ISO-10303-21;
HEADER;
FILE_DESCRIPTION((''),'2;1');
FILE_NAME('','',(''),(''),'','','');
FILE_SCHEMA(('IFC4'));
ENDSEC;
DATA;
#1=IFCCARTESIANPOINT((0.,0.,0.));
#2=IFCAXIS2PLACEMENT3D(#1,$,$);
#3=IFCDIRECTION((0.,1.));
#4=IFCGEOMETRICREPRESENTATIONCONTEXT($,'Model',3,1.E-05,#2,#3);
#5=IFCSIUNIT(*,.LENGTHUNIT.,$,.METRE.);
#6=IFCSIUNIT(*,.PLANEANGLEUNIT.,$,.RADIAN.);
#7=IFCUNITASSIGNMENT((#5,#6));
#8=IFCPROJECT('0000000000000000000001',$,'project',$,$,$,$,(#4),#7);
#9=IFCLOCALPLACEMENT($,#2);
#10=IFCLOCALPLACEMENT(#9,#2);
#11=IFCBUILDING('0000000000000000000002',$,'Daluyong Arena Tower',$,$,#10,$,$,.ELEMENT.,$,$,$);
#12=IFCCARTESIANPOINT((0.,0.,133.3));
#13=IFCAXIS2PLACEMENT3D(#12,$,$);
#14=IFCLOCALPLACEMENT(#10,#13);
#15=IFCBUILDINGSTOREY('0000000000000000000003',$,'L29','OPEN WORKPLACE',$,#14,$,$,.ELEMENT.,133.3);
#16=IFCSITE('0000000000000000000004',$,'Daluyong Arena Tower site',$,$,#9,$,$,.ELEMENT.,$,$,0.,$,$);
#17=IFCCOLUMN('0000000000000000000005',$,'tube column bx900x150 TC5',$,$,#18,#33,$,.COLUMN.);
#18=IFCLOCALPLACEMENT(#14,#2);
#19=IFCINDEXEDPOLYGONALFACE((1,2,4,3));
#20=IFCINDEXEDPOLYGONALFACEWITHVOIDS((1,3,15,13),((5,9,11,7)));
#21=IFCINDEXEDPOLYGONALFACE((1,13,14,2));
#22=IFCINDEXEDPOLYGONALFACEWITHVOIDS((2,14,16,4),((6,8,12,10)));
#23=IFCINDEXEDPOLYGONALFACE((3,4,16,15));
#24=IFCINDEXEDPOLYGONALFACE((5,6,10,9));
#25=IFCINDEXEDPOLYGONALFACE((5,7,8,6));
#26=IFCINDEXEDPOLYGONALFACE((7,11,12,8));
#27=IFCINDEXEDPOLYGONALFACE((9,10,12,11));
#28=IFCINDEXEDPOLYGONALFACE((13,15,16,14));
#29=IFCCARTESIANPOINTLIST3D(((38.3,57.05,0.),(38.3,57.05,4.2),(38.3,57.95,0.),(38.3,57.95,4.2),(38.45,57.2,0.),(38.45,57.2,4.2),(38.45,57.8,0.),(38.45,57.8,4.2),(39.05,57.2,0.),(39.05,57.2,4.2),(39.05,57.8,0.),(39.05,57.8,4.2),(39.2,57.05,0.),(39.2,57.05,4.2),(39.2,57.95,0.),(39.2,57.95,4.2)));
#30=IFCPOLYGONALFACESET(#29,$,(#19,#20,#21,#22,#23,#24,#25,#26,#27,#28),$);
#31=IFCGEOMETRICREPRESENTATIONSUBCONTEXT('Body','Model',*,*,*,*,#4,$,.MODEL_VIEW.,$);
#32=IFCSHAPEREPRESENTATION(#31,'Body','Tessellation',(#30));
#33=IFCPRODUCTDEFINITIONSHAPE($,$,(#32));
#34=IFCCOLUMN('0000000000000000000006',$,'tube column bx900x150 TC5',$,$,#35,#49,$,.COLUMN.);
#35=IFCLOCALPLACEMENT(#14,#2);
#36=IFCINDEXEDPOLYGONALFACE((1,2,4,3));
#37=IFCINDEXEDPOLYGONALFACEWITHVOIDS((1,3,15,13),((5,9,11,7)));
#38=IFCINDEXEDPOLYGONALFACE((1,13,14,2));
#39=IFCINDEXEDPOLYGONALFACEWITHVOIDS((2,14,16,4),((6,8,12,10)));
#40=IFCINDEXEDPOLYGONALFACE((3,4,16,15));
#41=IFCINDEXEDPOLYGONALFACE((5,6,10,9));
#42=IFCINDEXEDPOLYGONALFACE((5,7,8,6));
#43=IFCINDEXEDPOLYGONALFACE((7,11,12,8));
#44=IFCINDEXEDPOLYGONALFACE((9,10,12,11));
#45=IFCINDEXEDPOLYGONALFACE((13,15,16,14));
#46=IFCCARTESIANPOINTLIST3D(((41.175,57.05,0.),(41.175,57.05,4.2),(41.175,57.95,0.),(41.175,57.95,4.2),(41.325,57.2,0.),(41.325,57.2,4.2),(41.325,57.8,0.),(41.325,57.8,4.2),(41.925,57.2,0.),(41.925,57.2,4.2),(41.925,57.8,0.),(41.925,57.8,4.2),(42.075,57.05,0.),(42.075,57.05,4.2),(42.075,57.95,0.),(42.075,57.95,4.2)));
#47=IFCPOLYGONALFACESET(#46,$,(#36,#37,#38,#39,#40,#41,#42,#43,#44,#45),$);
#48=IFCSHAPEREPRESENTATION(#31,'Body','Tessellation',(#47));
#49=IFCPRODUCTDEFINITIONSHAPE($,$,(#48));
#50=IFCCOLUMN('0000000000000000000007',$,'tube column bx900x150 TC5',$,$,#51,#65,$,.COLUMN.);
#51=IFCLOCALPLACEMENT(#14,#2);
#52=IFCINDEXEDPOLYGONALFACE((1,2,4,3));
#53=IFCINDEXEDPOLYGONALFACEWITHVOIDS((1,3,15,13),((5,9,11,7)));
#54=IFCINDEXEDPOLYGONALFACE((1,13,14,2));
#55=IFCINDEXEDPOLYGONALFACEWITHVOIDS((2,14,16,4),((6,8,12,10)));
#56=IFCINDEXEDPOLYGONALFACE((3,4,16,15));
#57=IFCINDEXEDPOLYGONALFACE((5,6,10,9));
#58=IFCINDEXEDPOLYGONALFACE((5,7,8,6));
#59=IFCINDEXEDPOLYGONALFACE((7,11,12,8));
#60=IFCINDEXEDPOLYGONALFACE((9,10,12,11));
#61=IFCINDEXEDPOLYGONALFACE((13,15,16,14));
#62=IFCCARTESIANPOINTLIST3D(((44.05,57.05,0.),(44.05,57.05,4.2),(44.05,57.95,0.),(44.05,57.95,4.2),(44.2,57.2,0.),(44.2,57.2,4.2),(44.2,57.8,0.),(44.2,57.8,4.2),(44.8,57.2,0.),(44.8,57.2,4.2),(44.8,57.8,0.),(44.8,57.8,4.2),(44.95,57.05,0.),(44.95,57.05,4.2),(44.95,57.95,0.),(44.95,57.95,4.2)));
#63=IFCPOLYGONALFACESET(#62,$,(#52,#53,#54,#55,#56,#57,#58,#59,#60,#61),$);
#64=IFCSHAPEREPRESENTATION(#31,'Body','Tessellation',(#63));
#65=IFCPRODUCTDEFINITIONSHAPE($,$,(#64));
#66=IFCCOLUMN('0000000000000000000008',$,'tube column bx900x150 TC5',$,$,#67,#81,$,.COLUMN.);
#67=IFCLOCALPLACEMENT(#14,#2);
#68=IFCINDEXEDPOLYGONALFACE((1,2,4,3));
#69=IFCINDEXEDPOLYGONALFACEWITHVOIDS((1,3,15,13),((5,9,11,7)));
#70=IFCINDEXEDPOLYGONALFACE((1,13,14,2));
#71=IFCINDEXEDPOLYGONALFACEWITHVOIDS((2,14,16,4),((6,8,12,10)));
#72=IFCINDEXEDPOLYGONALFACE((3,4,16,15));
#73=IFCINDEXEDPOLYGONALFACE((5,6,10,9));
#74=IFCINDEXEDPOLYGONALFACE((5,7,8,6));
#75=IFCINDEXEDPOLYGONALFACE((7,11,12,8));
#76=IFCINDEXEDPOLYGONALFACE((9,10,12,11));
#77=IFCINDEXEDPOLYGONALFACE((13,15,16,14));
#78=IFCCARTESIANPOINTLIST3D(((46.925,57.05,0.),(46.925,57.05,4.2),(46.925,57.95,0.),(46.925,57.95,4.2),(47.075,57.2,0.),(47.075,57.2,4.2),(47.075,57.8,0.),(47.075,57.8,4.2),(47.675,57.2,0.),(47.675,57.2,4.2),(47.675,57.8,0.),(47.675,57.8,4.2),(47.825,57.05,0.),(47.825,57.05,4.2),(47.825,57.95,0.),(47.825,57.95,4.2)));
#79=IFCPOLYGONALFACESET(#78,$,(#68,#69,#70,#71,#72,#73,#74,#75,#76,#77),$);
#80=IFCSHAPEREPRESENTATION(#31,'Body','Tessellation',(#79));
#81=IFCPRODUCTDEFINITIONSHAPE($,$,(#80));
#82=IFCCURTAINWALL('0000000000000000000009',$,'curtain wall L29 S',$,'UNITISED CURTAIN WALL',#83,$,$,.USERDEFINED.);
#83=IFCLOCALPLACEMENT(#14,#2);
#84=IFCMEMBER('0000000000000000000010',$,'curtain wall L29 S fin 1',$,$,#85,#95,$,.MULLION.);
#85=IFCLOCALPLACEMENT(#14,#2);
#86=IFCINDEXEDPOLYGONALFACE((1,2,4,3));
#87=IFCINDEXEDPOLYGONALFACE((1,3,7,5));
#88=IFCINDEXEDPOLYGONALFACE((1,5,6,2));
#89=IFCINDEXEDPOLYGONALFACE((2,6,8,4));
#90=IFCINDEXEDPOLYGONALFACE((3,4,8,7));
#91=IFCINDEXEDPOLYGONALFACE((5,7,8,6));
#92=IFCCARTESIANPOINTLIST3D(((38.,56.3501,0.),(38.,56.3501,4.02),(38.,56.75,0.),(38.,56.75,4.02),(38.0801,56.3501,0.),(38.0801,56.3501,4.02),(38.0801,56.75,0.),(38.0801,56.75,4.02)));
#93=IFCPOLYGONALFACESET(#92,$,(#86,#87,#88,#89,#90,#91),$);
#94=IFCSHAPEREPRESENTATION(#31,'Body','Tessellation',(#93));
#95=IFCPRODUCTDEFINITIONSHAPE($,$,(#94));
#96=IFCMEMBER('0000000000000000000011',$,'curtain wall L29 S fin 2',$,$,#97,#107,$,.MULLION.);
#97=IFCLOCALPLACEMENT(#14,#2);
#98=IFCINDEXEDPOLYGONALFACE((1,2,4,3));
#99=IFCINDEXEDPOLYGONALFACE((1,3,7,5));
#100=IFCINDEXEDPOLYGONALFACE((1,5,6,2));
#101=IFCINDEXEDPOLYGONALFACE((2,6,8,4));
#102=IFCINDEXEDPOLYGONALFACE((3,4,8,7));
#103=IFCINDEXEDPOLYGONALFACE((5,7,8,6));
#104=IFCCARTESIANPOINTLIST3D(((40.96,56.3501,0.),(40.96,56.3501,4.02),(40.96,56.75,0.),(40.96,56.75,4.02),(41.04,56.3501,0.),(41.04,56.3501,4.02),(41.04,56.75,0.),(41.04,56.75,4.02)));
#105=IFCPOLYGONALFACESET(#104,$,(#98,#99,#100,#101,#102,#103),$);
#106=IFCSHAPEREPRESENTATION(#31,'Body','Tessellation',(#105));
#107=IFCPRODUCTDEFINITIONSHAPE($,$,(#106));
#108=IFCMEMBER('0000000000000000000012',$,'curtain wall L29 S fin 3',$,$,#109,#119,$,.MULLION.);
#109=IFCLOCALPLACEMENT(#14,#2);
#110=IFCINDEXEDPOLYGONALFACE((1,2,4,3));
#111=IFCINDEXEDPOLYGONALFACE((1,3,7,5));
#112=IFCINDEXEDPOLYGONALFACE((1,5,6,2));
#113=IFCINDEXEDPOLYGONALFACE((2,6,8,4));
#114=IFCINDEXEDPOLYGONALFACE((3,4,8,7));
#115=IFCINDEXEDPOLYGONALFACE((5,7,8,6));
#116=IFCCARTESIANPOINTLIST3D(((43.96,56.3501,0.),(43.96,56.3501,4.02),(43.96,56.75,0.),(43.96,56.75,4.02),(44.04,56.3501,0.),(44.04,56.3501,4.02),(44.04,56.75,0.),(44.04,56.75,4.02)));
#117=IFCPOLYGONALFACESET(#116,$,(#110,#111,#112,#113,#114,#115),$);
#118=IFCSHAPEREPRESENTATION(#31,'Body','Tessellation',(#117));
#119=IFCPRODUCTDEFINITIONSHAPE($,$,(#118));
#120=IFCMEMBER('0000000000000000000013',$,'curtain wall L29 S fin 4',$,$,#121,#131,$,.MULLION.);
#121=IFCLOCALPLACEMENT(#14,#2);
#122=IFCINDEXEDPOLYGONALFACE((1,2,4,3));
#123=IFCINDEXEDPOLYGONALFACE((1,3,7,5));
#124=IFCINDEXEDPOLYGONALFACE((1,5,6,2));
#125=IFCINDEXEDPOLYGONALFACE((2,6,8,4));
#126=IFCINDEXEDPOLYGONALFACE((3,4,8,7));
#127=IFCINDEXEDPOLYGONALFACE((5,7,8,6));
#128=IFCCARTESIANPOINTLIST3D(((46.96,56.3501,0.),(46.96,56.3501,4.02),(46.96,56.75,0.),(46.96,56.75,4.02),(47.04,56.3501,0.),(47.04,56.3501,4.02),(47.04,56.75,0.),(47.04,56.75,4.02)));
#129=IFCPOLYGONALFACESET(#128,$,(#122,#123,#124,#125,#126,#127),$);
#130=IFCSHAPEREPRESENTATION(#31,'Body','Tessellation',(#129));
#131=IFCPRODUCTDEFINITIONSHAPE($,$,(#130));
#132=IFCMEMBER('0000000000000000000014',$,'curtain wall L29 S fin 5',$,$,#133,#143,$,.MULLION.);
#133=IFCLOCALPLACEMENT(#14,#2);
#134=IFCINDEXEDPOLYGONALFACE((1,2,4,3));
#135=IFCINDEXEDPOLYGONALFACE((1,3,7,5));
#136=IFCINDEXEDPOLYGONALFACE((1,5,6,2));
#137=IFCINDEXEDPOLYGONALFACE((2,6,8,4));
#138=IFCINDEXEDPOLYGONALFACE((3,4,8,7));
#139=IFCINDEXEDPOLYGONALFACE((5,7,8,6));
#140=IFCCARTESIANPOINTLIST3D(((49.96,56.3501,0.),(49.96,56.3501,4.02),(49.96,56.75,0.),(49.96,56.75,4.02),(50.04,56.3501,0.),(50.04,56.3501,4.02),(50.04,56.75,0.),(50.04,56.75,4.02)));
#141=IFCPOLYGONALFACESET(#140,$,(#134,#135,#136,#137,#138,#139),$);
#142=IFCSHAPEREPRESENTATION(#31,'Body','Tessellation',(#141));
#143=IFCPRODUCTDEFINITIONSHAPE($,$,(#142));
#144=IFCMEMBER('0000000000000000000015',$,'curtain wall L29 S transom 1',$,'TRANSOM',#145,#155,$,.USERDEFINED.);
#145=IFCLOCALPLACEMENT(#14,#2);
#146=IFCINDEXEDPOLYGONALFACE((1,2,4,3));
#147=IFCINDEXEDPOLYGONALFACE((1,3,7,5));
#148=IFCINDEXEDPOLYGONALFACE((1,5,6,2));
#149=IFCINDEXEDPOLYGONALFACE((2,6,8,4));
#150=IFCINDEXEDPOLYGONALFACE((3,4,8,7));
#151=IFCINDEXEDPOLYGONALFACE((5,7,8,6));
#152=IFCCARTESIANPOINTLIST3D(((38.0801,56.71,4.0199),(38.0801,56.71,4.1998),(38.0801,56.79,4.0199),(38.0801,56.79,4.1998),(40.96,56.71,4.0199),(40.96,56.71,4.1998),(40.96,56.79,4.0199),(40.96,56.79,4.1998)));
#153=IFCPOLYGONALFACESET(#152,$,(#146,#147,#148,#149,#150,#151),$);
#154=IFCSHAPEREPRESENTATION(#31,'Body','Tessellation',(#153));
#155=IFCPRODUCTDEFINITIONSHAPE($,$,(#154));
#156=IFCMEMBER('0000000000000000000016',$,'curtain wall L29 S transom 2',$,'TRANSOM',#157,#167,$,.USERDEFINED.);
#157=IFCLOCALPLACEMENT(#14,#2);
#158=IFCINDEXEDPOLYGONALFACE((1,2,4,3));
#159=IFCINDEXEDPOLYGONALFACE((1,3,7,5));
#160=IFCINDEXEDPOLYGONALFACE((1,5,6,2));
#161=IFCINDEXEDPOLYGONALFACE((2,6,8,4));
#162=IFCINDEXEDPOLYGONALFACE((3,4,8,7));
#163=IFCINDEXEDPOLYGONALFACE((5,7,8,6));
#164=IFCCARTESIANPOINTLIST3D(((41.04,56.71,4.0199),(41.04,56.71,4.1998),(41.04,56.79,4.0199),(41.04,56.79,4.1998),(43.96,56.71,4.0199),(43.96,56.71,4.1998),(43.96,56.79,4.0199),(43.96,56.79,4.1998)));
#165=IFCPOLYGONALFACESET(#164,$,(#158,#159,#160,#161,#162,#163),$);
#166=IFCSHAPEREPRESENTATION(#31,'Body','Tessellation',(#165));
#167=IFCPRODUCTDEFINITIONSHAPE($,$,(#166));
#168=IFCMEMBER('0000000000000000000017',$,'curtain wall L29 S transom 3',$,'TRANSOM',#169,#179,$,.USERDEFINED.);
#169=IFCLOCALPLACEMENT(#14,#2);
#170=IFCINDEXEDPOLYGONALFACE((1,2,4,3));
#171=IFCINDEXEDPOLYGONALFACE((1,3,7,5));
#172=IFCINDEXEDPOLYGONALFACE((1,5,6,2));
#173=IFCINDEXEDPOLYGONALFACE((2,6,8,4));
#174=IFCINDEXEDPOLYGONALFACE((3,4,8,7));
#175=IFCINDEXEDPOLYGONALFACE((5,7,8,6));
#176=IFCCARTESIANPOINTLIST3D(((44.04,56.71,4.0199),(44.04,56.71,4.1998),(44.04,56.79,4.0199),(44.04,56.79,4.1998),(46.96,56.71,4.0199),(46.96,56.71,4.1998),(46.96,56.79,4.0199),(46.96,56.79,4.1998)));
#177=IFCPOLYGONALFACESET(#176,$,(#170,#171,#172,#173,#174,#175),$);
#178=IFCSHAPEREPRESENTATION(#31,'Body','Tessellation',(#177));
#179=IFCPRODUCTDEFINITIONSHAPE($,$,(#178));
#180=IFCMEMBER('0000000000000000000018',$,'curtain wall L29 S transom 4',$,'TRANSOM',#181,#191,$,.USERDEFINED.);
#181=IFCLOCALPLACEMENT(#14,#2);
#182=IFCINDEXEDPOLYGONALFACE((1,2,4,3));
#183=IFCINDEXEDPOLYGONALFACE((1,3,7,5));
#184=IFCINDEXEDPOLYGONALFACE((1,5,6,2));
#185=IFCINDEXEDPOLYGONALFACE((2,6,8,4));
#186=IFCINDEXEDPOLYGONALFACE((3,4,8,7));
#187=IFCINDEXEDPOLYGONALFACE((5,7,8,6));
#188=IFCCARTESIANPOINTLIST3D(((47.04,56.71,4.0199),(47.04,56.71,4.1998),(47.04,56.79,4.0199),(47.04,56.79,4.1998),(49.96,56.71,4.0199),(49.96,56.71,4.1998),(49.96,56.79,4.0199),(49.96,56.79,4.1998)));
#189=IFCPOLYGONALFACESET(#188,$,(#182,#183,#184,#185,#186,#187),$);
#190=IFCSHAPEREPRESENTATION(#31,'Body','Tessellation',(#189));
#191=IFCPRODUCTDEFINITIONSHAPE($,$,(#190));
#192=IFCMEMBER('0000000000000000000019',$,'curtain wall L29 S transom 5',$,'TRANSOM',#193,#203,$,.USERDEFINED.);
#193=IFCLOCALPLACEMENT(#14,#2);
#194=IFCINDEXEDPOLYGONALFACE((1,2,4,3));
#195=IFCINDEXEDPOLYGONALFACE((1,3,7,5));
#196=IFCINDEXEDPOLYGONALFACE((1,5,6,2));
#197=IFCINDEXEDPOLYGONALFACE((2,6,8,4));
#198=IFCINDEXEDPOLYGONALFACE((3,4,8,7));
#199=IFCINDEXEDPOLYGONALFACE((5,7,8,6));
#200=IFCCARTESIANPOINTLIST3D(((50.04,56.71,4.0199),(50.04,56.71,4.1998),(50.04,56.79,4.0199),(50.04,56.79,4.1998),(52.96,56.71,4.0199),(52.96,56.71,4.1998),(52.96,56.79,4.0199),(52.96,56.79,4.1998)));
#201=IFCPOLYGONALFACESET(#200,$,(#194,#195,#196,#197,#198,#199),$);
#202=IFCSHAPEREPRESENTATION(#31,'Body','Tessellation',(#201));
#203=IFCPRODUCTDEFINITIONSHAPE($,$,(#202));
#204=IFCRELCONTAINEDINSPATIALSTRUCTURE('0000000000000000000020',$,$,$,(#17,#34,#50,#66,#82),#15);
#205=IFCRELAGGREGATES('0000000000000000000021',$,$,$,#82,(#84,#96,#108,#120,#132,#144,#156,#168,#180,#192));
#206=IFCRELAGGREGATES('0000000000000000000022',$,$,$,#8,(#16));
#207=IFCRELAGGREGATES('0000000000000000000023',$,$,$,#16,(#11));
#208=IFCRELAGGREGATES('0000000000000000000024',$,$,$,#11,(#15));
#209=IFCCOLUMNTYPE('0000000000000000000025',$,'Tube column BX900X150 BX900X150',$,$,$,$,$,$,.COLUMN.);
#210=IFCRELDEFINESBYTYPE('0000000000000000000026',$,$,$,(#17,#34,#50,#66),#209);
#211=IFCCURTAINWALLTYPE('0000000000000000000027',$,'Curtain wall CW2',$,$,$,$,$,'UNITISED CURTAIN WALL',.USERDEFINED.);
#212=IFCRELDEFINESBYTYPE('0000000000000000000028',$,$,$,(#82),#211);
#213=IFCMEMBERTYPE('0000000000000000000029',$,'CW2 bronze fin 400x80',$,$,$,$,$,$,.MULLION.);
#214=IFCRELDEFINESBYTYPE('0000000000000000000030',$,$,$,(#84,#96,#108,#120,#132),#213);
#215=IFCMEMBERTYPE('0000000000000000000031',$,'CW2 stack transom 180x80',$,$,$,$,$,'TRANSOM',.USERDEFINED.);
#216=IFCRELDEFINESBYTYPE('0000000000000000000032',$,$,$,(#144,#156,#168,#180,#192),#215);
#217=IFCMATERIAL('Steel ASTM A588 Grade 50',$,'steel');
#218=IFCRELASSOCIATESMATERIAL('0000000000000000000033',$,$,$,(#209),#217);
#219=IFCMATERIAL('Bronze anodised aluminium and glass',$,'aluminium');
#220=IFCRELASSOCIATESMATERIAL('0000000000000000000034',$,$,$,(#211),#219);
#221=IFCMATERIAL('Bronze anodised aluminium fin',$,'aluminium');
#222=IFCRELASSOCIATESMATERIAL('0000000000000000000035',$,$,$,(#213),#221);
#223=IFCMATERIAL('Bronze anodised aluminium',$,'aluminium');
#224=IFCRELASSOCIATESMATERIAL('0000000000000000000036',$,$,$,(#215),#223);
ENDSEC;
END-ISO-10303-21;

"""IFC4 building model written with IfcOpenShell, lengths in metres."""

from ifc_helpers import new_model, si_unit, direction, frame, origin, origin_2d, place, context, subcontext, project, spatial, rectangle, hollow_rectangle, extrude, material, material_profile, profile_set, type_object, element, aggregate, save


model = new_model("IFC4")

# Units and contexts
model_context = context("Model", 3, precision=1e-05, world=origin(), true_north=direction((0.0, 1.0)))
body_context = subcontext(model_context, "Body", "Model", "MODEL_VIEW")
ifc_project = project(units=[si_unit("LENGTHUNIT", "METRE"), si_unit("PLANEANGLEUNIT", "RADIAN")], contexts=[model_context])

# Site, building, storey
site_placement = place(None, origin())
site = spatial("IfcSite", under=ifc_project, at=site_placement, Name="Daluyong Arena Tower site", CompositionType="ELEMENT", RefElevation=0.0)
building_placement = place(site_placement, origin())
building = spatial("IfcBuilding", under=site, at=building_placement, Name="Daluyong Arena Tower", CompositionType="ELEMENT")
storey_placement = place(building_placement, frame((0.0, 0.0, 133.3)))
storey = spatial("IfcBuildingStorey", under=building, at=storey_placement, Name="L29", Description="OPEN WORKPLACE", CompositionType="ELEMENT", Elevation=133.3)

# Columns
ifc_material_1 = material(Name="Steel ASTM A588 Grade 50", Category="steel")
ifc_material_profile_1 = material_profile(ifc_material_1, hollow_rectangle(XDim=0.8999, YDim=0.8999, WallThickness=0.15, at=origin_2d()))
ifc_profile_set_1 = profile_set([ifc_material_profile_1], Name="Steel ASTM A588 Grade 50")
column_type = type_object("IfcColumnType", Name="Tube column BX900X150 BX900X150", PredefinedType="COLUMN", material=ifc_profile_set_1)
for number, where, z_axis, x_axis, name in (
    (1, (38.75, 57.5, 0.0), (0.0, 0.0, 1.0), (1.0, 0.0, 0.0), "tube column bx900x150 TC5"),
    (2, (41.625, 57.5, 0.0), (0.0, 0.0, 1.0), (1.0, 0.0, 0.0), "tube column bx900x150 TC5"),
    (3, (44.5, 57.5, 0.0), (0.0, 0.0, 1.0), (1.0, 0.0, 0.0), "tube column bx900x150 TC5"),
    (4, (47.375, 57.5, 0.0), (0.0, 0.0, 1.0), (1.0, 0.0, 0.0), "tube column bx900x150 TC5"),
):
    element("IfcColumn", number, at=place(storey_placement, frame(where, z_axis=z_axis, x_axis=x_axis)), inside=storey, type_object=column_type, Name=name, PredefinedType="COLUMN", context=body_context, shape_type="SweptSolid", body=[
        extrude(hollow_rectangle(XDim=0.8999, YDim=0.8999, WallThickness=0.15, at=origin_2d()), origin(), (0.0, 0.0, 1.0), 4.2),
    ])

# Curtain wall, members
ifc_material_2 = material(Name="Bronze anodised aluminium and glass", Category="aluminium")
curtain_wall_type_1 = type_object("IfcCurtainWallType", Name="Curtain wall CW2", ElementType="UNITISED CURTAIN WALL", PredefinedType="USERDEFINED", material=ifc_material_2)
curtain_wall_1_placement = place(storey_placement, origin())
curtain_wall_1 = element("IfcCurtainWall", 5, at=curtain_wall_1_placement, inside=storey, type_object=curtain_wall_type_1, Name="curtain wall L29 S", ObjectType="UNITISED CURTAIN WALL", PredefinedType="USERDEFINED")
ifc_material_3 = material(Name="Bronze anodised aluminium fin", Category="aluminium")
ifc_material_profile_2 = material_profile(ifc_material_3, rectangle(XDim=0.3999, YDim=0.0801, at=origin_2d()))
ifc_profile_set_2 = profile_set([ifc_material_profile_2], Name="Bronze anodised aluminium fin")
member_type_1 = type_object("IfcMemberType", Name="CW2 bronze fin 400x80", PredefinedType="MULLION", material=ifc_profile_set_2)
member_1_placement = place(storey_placement, frame((38.04, 56.55, 0.0), z_axis=(0.0, 0.0, 1.0), x_axis=(0.0, 1.0, 0.0)))
member_1 = element("IfcMember", 6, at=member_1_placement, type_object=member_type_1, Name="curtain wall L29 S fin 1", PredefinedType="MULLION", context=body_context, shape_type="SweptSolid", body=[
    extrude(rectangle(XDim=0.3999, YDim=0.0801, at=origin_2d()), origin(), (0.0, 0.0, 1.0), 4.02),
])
member_2_placement = place(storey_placement, frame((41.0, 56.55, 0.0), z_axis=(0.0, 0.0, 1.0), x_axis=(0.0, 1.0, 0.0)))
member_2 = element("IfcMember", 7, at=member_2_placement, type_object=member_type_1, Name="curtain wall L29 S fin 2", PredefinedType="MULLION", context=body_context, shape_type="SweptSolid", body=[
    extrude(rectangle(XDim=0.3999, YDim=0.0801, at=origin_2d()), origin(), (0.0, 0.0, 1.0), 4.02),
])
member_3_placement = place(storey_placement, frame((44.0, 56.55, 0.0), z_axis=(0.0, 0.0, 1.0), x_axis=(0.0, 1.0, 0.0)))
member_3 = element("IfcMember", 8, at=member_3_placement, type_object=member_type_1, Name="curtain wall L29 S fin 3", PredefinedType="MULLION", context=body_context, shape_type="SweptSolid", body=[
    extrude(rectangle(XDim=0.3999, YDim=0.0801, at=origin_2d()), origin(), (0.0, 0.0, 1.0), 4.02),
])
member_4_placement = place(storey_placement, frame((47.0, 56.55, 0.0), z_axis=(0.0, 0.0, 1.0), x_axis=(0.0, 1.0, 0.0)))
member_4 = element("IfcMember", 9, at=member_4_placement, type_object=member_type_1, Name="curtain wall L29 S fin 4", PredefinedType="MULLION", context=body_context, shape_type="SweptSolid", body=[
    extrude(rectangle(XDim=0.3999, YDim=0.0801, at=origin_2d()), origin(), (0.0, 0.0, 1.0), 4.02),
])
member_5_placement = place(storey_placement, frame((50.0, 56.55, 0.0), z_axis=(0.0, 0.0, 1.0), x_axis=(0.0, 1.0, 0.0)))
member_5 = element("IfcMember", 10, at=member_5_placement, type_object=member_type_1, Name="curtain wall L29 S fin 5", PredefinedType="MULLION", context=body_context, shape_type="SweptSolid", body=[
    extrude(rectangle(XDim=0.3999, YDim=0.0801, at=origin_2d()), origin(), (0.0, 0.0, 1.0), 4.02),
])
ifc_material_4 = material(Name="Bronze anodised aluminium", Category="aluminium")
ifc_material_profile_3 = material_profile(ifc_material_4, rectangle(XDim=0.0801, YDim=0.1799, at=origin_2d()))
ifc_profile_set_3 = profile_set([ifc_material_profile_3], Name="Bronze anodised aluminium")
member_type_2 = type_object("IfcMemberType", Name="CW2 stack transom 180x80", ElementType="TRANSOM", PredefinedType="USERDEFINED", material=ifc_profile_set_3)
member_6_placement = place(storey_placement, frame((38.0801, 56.75, 4.1099), z_axis=(1.0, 0.0, 0.0), x_axis=(0.0, 1.0, 0.0)))
member_6 = element("IfcMember", 11, at=member_6_placement, type_object=member_type_2, Name="curtain wall L29 S transom 1", ObjectType="TRANSOM", PredefinedType="USERDEFINED", context=body_context, shape_type="SweptSolid", body=[
    extrude(rectangle(XDim=0.0801, YDim=0.1799, at=origin_2d()), origin(), (0.0, 0.0, 1.0), 2.8799),
])
member_7_placement = place(storey_placement, frame((41.04, 56.75, 4.1099), z_axis=(1.0, 0.0, 0.0), x_axis=(0.0, 1.0, 0.0)))
member_7 = element("IfcMember", 12, at=member_7_placement, type_object=member_type_2, Name="curtain wall L29 S transom 2", ObjectType="TRANSOM", PredefinedType="USERDEFINED", context=body_context, shape_type="SweptSolid", body=[
    extrude(rectangle(XDim=0.0801, YDim=0.1799, at=origin_2d()), origin(), (0.0, 0.0, 1.0), 2.9199),
])
member_8_placement = place(storey_placement, frame((44.04, 56.75, 4.1099), z_axis=(1.0, 0.0, 0.0), x_axis=(0.0, 1.0, 0.0)))
member_8 = element("IfcMember", 13, at=member_8_placement, type_object=member_type_2, Name="curtain wall L29 S transom 3", ObjectType="TRANSOM", PredefinedType="USERDEFINED", context=body_context, shape_type="SweptSolid", body=[
    extrude(rectangle(XDim=0.0801, YDim=0.1799, at=origin_2d()), origin(), (0.0, 0.0, 1.0), 2.9199),
])
member_9_placement = place(storey_placement, frame((47.04, 56.75, 4.1099), z_axis=(1.0, 0.0, 0.0), x_axis=(0.0, 1.0, 0.0)))
member_9 = element("IfcMember", 14, at=member_9_placement, type_object=member_type_2, Name="curtain wall L29 S transom 4", ObjectType="TRANSOM", PredefinedType="USERDEFINED", context=body_context, shape_type="SweptSolid", body=[
    extrude(rectangle(XDim=0.0801, YDim=0.1799, at=origin_2d()), origin(), (0.0, 0.0, 1.0), 2.9199),
])
member_10_placement = place(storey_placement, frame((50.04, 56.75, 4.1099), z_axis=(1.0, 0.0, 0.0), x_axis=(0.0, 1.0, 0.0)))
member_10 = element("IfcMember", 15, at=member_10_placement, type_object=member_type_2, Name="curtain wall L29 S transom 5", ObjectType="TRANSOM", PredefinedType="USERDEFINED", context=body_context, shape_type="SweptSolid", body=[
    extrude(rectangle(XDim=0.0801, YDim=0.1799, at=origin_2d()), origin(), (0.0, 0.0, 1.0), 2.9199),
])

aggregate(curtain_wall_1, [member_1, member_2, member_3, member_4, member_5, member_6, member_7, member_8, member_9, member_10])

save(model, "model.ifc")
